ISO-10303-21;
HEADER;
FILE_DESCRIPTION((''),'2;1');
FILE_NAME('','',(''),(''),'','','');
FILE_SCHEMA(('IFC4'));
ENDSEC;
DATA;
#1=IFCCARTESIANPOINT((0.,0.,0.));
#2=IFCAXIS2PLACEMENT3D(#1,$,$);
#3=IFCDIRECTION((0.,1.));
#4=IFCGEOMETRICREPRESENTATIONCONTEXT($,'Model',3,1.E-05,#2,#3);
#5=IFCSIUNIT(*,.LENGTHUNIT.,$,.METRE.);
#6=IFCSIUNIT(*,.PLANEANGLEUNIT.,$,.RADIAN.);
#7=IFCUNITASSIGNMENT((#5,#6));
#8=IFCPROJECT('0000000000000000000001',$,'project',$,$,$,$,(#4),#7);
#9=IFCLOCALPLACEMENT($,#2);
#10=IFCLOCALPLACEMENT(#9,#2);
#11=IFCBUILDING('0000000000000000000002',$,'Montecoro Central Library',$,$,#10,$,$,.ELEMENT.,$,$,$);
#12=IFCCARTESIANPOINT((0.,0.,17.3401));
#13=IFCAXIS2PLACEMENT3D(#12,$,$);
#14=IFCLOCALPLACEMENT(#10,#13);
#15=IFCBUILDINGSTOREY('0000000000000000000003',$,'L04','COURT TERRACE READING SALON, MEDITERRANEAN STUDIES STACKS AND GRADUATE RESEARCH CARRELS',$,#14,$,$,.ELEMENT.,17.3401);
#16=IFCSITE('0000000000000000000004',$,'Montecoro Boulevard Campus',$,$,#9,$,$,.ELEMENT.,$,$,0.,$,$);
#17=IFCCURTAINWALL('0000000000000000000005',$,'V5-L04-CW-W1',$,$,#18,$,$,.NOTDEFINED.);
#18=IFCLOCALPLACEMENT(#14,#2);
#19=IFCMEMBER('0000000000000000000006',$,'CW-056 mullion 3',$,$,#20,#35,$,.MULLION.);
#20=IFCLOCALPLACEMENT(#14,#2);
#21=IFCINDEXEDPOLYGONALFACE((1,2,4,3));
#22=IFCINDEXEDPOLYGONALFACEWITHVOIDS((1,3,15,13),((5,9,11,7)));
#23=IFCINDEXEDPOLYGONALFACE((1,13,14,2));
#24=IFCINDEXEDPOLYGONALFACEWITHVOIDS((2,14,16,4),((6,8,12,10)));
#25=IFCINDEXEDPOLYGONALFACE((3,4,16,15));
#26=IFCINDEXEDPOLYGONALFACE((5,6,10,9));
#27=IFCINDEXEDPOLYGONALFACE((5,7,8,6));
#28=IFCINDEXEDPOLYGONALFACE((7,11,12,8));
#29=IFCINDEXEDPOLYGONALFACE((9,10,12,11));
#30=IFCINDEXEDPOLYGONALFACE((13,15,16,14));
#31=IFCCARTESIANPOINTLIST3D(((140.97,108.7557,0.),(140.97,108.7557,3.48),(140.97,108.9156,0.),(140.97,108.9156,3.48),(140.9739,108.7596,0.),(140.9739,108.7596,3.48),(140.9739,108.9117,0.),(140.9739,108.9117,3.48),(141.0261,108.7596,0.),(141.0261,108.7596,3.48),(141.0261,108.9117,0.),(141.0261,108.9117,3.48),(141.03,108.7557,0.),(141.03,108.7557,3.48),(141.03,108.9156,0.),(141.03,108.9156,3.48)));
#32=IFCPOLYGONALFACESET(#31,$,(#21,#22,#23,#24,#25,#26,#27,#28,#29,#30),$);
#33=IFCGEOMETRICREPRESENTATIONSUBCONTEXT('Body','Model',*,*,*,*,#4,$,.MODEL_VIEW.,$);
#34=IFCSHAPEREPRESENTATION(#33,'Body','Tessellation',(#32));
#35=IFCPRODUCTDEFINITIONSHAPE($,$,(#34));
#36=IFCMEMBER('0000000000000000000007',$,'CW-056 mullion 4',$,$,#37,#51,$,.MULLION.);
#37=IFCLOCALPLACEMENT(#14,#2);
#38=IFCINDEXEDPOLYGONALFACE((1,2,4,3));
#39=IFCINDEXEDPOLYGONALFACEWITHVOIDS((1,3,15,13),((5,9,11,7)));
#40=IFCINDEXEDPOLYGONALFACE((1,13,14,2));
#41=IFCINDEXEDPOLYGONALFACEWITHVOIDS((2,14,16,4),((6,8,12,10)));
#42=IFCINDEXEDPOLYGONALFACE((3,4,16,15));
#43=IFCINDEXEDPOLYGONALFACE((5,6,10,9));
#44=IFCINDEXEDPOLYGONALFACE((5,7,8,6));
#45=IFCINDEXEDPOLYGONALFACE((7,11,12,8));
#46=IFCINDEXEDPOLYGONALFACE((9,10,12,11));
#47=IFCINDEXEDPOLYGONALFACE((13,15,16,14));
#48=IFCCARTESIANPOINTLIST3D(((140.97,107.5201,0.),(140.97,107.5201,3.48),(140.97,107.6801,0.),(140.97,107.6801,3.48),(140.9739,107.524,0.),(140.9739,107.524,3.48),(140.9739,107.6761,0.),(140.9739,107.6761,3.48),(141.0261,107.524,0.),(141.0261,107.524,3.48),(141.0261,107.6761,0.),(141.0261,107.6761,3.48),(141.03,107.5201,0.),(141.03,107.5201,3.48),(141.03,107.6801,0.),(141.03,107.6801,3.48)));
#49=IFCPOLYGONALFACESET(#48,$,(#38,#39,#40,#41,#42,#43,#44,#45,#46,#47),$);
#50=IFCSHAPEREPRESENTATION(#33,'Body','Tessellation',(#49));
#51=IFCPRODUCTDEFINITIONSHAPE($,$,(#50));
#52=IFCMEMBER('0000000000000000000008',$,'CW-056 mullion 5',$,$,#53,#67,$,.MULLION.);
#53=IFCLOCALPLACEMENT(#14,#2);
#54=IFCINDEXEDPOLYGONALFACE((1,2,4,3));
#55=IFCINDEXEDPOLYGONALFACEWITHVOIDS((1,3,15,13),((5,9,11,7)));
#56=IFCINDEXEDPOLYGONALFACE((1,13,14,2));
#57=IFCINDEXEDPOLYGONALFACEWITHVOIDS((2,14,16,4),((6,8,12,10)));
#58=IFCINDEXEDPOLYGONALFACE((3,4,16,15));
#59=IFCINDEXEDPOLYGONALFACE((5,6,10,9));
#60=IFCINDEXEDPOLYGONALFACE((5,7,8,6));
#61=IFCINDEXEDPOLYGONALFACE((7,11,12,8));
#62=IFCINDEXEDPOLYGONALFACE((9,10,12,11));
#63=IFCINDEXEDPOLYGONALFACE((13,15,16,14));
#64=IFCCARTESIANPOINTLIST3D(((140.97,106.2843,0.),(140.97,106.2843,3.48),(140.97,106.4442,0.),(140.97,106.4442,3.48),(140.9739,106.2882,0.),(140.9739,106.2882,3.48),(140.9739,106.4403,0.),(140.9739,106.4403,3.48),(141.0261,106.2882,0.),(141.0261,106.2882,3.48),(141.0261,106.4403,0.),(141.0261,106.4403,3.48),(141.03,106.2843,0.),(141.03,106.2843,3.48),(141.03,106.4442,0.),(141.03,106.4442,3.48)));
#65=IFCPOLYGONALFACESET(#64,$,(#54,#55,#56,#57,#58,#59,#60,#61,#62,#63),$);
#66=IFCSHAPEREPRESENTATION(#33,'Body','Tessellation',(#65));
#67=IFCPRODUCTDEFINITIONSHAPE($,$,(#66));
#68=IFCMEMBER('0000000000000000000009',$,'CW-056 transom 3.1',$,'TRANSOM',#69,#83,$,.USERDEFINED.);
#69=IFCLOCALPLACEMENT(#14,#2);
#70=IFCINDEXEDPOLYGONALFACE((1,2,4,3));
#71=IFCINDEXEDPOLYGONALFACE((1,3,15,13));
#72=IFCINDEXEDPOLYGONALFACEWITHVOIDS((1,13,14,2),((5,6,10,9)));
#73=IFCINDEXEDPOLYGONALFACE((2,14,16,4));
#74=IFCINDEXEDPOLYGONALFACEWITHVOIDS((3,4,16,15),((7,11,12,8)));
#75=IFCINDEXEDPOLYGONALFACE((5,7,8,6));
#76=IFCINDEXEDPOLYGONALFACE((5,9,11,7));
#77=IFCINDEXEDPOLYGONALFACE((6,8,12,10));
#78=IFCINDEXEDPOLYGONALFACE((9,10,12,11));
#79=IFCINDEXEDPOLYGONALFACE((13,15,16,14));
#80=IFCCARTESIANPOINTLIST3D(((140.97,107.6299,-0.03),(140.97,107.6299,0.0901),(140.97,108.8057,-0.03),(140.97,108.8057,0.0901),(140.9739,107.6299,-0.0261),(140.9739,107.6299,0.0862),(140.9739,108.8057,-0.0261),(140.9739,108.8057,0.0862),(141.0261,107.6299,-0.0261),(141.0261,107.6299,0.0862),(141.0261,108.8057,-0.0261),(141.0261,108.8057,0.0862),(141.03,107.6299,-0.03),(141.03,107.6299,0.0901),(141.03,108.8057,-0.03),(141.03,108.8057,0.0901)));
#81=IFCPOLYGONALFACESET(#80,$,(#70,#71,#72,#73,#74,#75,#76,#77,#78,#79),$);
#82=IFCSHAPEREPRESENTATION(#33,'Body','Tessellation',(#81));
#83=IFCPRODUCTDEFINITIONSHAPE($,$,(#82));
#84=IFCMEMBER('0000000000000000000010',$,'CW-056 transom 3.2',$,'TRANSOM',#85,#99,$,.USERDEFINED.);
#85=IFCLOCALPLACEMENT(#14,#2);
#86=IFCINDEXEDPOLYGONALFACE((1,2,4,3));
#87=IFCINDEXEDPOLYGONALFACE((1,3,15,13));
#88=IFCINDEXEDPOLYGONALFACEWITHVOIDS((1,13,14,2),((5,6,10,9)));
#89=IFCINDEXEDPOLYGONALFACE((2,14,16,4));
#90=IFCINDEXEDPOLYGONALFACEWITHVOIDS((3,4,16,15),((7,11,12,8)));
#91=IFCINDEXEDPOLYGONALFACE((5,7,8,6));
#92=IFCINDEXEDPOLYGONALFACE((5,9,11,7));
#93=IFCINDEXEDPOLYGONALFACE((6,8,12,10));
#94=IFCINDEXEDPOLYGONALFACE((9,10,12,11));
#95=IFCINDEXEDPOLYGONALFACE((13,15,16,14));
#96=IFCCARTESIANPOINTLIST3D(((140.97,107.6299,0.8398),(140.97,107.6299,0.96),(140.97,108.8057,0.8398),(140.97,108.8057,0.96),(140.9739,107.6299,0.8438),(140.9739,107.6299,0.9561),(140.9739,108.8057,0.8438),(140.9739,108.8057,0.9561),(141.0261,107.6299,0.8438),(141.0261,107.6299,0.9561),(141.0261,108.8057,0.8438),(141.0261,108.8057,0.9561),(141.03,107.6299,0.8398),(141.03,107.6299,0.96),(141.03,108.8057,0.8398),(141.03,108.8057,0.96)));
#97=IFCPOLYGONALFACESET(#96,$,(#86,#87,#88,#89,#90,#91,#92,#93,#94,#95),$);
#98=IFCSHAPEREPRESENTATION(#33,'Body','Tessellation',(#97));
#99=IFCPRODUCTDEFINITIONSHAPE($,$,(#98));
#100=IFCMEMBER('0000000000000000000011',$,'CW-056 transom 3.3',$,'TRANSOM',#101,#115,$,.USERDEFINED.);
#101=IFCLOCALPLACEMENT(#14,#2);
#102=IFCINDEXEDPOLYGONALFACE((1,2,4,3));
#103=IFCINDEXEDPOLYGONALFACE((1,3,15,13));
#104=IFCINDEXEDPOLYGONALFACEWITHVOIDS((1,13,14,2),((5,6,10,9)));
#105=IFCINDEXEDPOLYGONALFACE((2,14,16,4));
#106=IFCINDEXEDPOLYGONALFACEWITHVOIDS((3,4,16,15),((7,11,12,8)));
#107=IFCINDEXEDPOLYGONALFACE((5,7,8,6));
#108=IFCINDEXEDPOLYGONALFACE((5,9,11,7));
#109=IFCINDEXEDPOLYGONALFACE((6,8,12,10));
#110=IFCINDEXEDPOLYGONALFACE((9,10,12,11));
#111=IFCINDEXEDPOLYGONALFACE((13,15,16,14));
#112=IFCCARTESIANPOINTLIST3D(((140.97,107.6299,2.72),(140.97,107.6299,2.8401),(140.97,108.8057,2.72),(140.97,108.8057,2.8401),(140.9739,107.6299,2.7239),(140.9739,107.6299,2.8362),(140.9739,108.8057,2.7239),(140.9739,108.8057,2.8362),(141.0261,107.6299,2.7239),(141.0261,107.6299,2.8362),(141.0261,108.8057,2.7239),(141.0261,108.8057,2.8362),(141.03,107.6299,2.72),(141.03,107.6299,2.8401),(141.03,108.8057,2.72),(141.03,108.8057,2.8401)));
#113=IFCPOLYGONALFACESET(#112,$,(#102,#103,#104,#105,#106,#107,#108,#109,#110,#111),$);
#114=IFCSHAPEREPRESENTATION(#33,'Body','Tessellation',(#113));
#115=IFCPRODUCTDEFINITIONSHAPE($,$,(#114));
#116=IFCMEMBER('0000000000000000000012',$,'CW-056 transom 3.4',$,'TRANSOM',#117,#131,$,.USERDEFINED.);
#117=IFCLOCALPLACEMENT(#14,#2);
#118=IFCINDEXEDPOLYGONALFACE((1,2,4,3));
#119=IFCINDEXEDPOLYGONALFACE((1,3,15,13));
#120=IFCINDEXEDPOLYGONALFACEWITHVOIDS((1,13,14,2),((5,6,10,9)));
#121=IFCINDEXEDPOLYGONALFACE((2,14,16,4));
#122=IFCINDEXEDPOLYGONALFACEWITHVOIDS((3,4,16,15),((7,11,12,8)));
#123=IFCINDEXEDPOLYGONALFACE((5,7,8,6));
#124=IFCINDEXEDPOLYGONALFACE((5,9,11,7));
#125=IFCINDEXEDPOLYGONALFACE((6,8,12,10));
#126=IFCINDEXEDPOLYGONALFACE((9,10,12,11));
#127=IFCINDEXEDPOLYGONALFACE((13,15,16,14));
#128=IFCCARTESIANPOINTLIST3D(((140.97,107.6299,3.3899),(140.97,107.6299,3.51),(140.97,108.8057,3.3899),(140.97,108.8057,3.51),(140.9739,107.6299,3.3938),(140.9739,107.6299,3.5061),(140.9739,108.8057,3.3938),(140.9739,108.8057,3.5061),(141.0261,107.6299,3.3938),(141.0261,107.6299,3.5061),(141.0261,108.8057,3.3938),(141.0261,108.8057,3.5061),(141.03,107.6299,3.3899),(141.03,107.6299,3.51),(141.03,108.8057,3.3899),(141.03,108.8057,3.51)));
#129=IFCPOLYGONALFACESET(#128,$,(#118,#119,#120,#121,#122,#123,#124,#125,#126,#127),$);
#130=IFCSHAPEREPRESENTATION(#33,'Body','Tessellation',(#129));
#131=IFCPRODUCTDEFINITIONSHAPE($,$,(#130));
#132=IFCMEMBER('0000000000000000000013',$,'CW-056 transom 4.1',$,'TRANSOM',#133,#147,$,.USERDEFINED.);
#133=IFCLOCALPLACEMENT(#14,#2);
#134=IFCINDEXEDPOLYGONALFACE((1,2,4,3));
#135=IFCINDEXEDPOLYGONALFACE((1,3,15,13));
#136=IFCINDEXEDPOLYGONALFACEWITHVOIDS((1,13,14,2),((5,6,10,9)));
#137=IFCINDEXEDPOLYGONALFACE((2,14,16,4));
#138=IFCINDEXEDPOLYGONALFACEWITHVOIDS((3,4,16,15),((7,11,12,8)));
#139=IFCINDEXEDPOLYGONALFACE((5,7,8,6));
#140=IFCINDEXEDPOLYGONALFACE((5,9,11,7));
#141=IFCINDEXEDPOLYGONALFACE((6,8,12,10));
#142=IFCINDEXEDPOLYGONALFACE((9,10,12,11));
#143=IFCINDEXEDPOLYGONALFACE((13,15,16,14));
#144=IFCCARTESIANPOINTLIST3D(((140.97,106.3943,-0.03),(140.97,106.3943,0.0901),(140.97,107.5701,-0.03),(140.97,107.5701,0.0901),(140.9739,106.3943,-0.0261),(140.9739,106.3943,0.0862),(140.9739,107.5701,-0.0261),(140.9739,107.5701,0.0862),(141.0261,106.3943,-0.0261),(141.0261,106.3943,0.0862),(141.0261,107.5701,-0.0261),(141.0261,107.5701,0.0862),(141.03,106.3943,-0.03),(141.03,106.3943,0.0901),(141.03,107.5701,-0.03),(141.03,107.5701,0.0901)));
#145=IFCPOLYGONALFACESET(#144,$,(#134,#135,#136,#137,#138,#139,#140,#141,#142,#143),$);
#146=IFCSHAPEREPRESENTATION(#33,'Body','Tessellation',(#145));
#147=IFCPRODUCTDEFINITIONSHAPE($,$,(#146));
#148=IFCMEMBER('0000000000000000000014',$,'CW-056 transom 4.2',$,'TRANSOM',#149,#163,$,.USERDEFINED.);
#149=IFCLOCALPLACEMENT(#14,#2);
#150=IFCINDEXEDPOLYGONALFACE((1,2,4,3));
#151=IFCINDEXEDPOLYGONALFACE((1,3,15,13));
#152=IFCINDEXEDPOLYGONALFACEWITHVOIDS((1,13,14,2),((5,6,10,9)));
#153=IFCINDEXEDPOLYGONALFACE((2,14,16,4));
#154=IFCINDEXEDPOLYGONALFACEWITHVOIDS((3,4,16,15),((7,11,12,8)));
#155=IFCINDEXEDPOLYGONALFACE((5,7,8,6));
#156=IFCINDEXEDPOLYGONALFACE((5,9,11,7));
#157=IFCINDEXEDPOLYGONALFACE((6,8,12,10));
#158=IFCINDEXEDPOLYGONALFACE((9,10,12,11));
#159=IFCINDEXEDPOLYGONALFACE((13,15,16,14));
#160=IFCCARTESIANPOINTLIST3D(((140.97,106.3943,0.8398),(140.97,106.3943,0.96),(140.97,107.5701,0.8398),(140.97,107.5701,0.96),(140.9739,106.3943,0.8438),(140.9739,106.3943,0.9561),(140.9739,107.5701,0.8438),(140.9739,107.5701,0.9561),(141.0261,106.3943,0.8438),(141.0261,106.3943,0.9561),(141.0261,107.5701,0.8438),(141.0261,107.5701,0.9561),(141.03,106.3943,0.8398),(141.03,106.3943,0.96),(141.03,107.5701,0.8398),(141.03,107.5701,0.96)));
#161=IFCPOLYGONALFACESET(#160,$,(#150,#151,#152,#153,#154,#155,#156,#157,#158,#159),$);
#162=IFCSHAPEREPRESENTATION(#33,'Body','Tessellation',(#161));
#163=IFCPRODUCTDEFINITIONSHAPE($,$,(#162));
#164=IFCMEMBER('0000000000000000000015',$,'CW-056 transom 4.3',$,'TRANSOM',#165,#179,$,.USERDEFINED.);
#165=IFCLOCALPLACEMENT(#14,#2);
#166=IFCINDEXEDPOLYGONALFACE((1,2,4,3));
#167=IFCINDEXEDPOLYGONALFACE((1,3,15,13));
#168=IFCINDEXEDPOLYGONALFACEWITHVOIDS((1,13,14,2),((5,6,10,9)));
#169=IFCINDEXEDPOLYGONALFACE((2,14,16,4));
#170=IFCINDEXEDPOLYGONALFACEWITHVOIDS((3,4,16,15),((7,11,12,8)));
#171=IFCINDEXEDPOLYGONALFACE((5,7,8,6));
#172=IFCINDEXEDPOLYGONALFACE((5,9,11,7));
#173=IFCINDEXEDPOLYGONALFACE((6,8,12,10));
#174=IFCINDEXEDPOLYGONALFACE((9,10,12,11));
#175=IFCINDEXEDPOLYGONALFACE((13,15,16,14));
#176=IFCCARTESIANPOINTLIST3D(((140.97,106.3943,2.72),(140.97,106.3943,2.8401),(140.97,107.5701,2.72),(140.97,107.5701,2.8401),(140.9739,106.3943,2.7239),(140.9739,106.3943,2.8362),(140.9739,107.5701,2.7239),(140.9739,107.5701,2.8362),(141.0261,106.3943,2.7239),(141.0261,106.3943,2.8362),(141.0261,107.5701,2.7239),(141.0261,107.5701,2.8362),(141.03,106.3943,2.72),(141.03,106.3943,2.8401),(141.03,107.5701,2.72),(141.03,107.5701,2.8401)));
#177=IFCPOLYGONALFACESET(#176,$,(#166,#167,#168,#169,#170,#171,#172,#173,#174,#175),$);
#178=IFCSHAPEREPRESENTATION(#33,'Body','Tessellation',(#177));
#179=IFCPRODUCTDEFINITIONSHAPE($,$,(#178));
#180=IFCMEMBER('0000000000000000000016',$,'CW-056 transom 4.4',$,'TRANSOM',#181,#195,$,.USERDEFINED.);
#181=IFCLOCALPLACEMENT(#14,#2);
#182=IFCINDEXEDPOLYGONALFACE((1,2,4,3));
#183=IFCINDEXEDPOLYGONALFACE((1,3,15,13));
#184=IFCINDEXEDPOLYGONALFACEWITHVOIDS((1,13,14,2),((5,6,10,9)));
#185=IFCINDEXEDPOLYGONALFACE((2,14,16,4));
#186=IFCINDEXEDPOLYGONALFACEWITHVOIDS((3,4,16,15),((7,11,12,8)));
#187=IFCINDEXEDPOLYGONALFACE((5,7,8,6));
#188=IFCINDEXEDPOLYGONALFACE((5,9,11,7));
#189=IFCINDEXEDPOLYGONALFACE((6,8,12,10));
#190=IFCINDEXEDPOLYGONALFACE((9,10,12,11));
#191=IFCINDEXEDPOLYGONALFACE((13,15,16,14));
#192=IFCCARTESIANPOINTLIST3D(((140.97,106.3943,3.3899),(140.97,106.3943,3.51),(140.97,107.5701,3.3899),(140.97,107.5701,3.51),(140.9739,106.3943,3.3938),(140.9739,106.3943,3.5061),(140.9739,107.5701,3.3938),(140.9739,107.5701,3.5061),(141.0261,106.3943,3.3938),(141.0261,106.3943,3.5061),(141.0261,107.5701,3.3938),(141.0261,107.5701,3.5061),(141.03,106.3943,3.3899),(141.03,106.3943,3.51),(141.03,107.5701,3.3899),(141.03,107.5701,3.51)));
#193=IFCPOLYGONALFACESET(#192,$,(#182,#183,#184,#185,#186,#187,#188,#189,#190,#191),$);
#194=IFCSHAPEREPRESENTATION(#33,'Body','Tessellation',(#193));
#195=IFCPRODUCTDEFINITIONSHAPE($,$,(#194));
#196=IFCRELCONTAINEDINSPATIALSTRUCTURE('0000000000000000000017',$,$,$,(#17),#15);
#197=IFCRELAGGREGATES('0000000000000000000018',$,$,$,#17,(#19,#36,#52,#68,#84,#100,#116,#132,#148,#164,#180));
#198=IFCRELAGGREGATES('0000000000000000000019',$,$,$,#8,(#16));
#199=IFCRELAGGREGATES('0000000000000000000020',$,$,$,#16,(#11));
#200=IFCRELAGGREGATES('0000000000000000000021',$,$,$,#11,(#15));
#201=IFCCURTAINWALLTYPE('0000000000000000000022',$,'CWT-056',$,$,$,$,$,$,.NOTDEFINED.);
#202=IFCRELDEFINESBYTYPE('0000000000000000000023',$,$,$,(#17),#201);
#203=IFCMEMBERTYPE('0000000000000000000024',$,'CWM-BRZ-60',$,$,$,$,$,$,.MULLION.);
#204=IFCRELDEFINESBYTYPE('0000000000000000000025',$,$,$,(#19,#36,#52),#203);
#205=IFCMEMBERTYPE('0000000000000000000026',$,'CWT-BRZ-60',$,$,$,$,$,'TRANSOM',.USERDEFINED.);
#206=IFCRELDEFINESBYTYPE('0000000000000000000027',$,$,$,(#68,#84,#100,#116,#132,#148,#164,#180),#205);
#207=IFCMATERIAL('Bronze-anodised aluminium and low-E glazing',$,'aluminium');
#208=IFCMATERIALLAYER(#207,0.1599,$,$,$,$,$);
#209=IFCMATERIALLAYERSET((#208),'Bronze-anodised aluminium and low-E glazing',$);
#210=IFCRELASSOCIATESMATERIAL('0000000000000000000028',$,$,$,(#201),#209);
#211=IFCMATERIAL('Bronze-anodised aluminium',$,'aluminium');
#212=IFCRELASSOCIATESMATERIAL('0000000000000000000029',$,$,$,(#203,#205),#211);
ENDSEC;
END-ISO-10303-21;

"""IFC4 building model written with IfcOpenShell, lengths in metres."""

from ifc_helpers import new_model, si_unit, direction, frame, origin, origin_2d, place, context, subcontext, project, spatial, hollow_rectangle, extrude, material, layer, layer_set, material_profile, profile_set, type_object, element, aggregate, save


model = new_model("IFC4")

# Units and contexts
model_context = context("Model", 3, precision=1e-05, world=origin(), true_north=direction((0.0, 1.0)))
body_context = subcontext(model_context, "Body", "Model", "MODEL_VIEW")
ifc_project = project(units=[si_unit("LENGTHUNIT", "METRE"), si_unit("PLANEANGLEUNIT", "RADIAN")], contexts=[model_context])

# Site, building, storey
site_placement = place(None, origin())
site = spatial("IfcSite", under=ifc_project, at=site_placement, Name="Montecoro Boulevard Campus", CompositionType="ELEMENT", RefElevation=0.0)
building_placement = place(site_placement, origin())
building = spatial("IfcBuilding", under=site, at=building_placement, Name="Montecoro Central Library", CompositionType="ELEMENT")
storey_placement = place(building_placement, frame((0.0, 0.0, 17.3401)))
storey = spatial("IfcBuildingStorey", under=building, at=storey_placement, Name="L04", Description="COURT TERRACE READING SALON, MEDITERRANEAN STUDIES STACKS AND GRADUATE RESEARCH CARRELS", CompositionType="ELEMENT", Elevation=17.3401)

# Curtain wall, members
ifc_material_1 = material(Name="Bronze-anodised aluminium and low-E glazing", Category="aluminium")
ifc_layer_1 = layer(ifc_material_1, 0.1599)
ifc_layer_set_1 = layer_set([ifc_layer_1], Name="Bronze-anodised aluminium and low-E glazing")
curtain_wall_type_1 = type_object("IfcCurtainWallType", Name="CWT-056", PredefinedType="NOTDEFINED", material=ifc_layer_set_1)
curtain_wall_1_placement = place(storey_placement, origin())
curtain_wall_1 = element("IfcCurtainWall", 1, at=curtain_wall_1_placement, inside=storey, type_object=curtain_wall_type_1, Name="V5-L04-CW-W1", PredefinedType="NOTDEFINED")
ifc_material_2 = material(Name="Bronze-anodised aluminium", Category="aluminium")
ifc_material_profile_1 = material_profile(ifc_material_2, hollow_rectangle(XDim=0.0601, YDim=0.1599, WallThickness=0.0039, at=origin_2d()), Name="CWM 160x60x4.0")
ifc_profile_set_1 = profile_set([ifc_material_profile_1], Name="Bronze-anodised aluminium")
member_type_1 = type_object("IfcMemberType", Name="CWM-BRZ-60", PredefinedType="MULLION", material=ifc_profile_set_1)
member_1_placement = place(storey_placement, frame((141.0, 108.8357, 0.0), z_axis=(0.0, 0.0, 1.0), x_axis=(1.0, 0.0, 0.0)))
member_1 = element("IfcMember", 2, at=member_1_placement, type_object=member_type_1, Name="CW-056 mullion 3", PredefinedType="MULLION", context=body_context, shape_type="SweptSolid", body=[
    extrude(hollow_rectangle(XDim=0.0601, YDim=0.1599, WallThickness=0.0039, at=origin_2d()), origin(), (0.0, 0.0, 1.0), 3.48),
])
member_2_placement = place(storey_placement, frame((141.0, 107.6001, 0.0), z_axis=(0.0, 0.0, 1.0), x_axis=(1.0, 0.0, 0.0)))
member_2 = element("IfcMember", 3, at=member_2_placement, type_object=member_type_1, Name="CW-056 mullion 4", PredefinedType="MULLION", context=body_context, shape_type="SweptSolid", body=[
    extrude(hollow_rectangle(XDim=0.0601, YDim=0.1599, WallThickness=0.0039, at=origin_2d()), origin(), (0.0, 0.0, 1.0), 3.48),
])
member_3_placement = place(storey_placement, frame((141.0, 106.3643, 0.0), z_axis=(0.0, 0.0, 1.0), x_axis=(1.0, 0.0, 0.0)))
member_3 = element("IfcMember", 4, at=member_3_placement, type_object=member_type_1, Name="CW-056 mullion 5", PredefinedType="MULLION", context=body_context, shape_type="SweptSolid", body=[
    extrude(hollow_rectangle(XDim=0.0601, YDim=0.1599, WallThickness=0.0039, at=origin_2d()), origin(), (0.0, 0.0, 1.0), 3.48),
])
ifc_material_profile_2 = material_profile(ifc_material_2, hollow_rectangle(XDim=0.0601, YDim=0.1201, WallThickness=0.0039, at=origin_2d()), Name="CWT 120x60x4.0")
ifc_profile_set_2 = profile_set([ifc_material_profile_2], Name="Bronze-anodised aluminium")
member_type_2 = type_object("IfcMemberType", Name="CWT-BRZ-60", ElementType="TRANSOM", PredefinedType="USERDEFINED", material=ifc_profile_set_2)
member_4_placement = place(storey_placement, frame((141.0, 108.8057, 0.03), z_axis=(0.0, -1.0, 0.0), x_axis=(1.0, 0.0, 0.0)))
member_4 = element("IfcMember", 5, at=member_4_placement, type_object=member_type_2, Name="CW-056 transom 3.1", ObjectType="TRANSOM", PredefinedType="USERDEFINED", context=body_context, shape_type="SweptSolid", body=[
    extrude(hollow_rectangle(XDim=0.0601, YDim=0.1201, WallThickness=0.0039, at=origin_2d()), origin(), (0.0, 0.0, 1.0), 1.1758),
])
member_5_placement = place(storey_placement, frame((141.0, 108.8057, 0.8999), z_axis=(0.0, -1.0, 0.0), x_axis=(1.0, 0.0, 0.0)))
member_5 = element("IfcMember", 6, at=member_5_placement, type_object=member_type_2, Name="CW-056 transom 3.2", ObjectType="TRANSOM", PredefinedType="USERDEFINED", context=body_context, shape_type="SweptSolid", body=[
    extrude(hollow_rectangle(XDim=0.0601, YDim=0.1201, WallThickness=0.0039, at=origin_2d()), origin(), (0.0, 0.0, 1.0), 1.1758),
])
member_6_placement = place(storey_placement, frame((141.0, 108.8057, 2.78), z_axis=(0.0, -1.0, 0.0), x_axis=(1.0, 0.0, 0.0)))
member_6 = element("IfcMember", 7, at=member_6_placement, type_object=member_type_2, Name="CW-056 transom 3.3", ObjectType="TRANSOM", PredefinedType="USERDEFINED", context=body_context, shape_type="SweptSolid", body=[
    extrude(hollow_rectangle(XDim=0.0601, YDim=0.1201, WallThickness=0.0039, at=origin_2d()), origin(), (0.0, 0.0, 1.0), 1.1758),
])
member_7_placement = place(storey_placement, frame((141.0, 108.8057, 3.45), z_axis=(0.0, -1.0, 0.0), x_axis=(1.0, 0.0, 0.0)))
member_7 = element("IfcMember", 8, at=member_7_placement, type_object=member_type_2, Name="CW-056 transom 3.4", ObjectType="TRANSOM", PredefinedType="USERDEFINED", context=body_context, shape_type="SweptSolid", body=[
    extrude(hollow_rectangle(XDim=0.0601, YDim=0.1201, WallThickness=0.0039, at=origin_2d()), origin(), (0.0, 0.0, 1.0), 1.1758),
])
member_8_placement = place(storey_placement, frame((141.0, 107.5701, 0.03), z_axis=(0.0, -1.0, 0.0), x_axis=(1.0, 0.0, 0.0)))
member_8 = element("IfcMember", 9, at=member_8_placement, type_object=member_type_2, Name="CW-056 transom 4.1", ObjectType="TRANSOM", PredefinedType="USERDEFINED", context=body_context, shape_type="SweptSolid", body=[
    extrude(hollow_rectangle(XDim=0.0601, YDim=0.1201, WallThickness=0.0039, at=origin_2d()), origin(), (0.0, 0.0, 1.0), 1.1758),
])
member_9_placement = place(storey_placement, frame((141.0, 107.5701, 0.8999), z_axis=(0.0, -1.0, 0.0), x_axis=(1.0, 0.0, 0.0)))
member_9 = element("IfcMember", 10, at=member_9_placement, type_object=member_type_2, Name="CW-056 transom 4.2", ObjectType="TRANSOM", PredefinedType="USERDEFINED", context=body_context, shape_type="SweptSolid", body=[
    extrude(hollow_rectangle(XDim=0.0601, YDim=0.1201, WallThickness=0.0039, at=origin_2d()), origin(), (0.0, 0.0, 1.0), 1.1758),
])
member_10_placement = place(storey_placement, frame((141.0, 107.5701, 2.78), z_axis=(0.0, -1.0, 0.0), x_axis=(1.0, 0.0, 0.0)))
member_10 = element("IfcMember", 11, at=member_10_placement, type_object=member_type_2, Name="CW-056 transom 4.3", ObjectType="TRANSOM", PredefinedType="USERDEFINED", context=body_context, shape_type="SweptSolid", body=[
    extrude(hollow_rectangle(XDim=0.0601, YDim=0.1201, WallThickness=0.0039, at=origin_2d()), origin(), (0.0, 0.0, 1.0), 1.1758),
])
member_11_placement = place(storey_placement, frame((141.0, 107.5701, 3.45), z_axis=(0.0, -1.0, 0.0), x_axis=(1.0, 0.0, 0.0)))
member_11 = element("IfcMember", 12, at=member_11_placement, type_object=member_type_2, Name="CW-056 transom 4.4", ObjectType="TRANSOM", PredefinedType="USERDEFINED", context=body_context, shape_type="SweptSolid", body=[
    extrude(hollow_rectangle(XDim=0.0601, YDim=0.1201, WallThickness=0.0039, at=origin_2d()), origin(), (0.0, 0.0, 1.0), 1.1758),
])
aggregate(curtain_wall_1, [member_1, member_2, member_3, member_4, member_5, member_6, member_7, member_8, member_9, member_10, member_11])

save(model, "model.ifc")
